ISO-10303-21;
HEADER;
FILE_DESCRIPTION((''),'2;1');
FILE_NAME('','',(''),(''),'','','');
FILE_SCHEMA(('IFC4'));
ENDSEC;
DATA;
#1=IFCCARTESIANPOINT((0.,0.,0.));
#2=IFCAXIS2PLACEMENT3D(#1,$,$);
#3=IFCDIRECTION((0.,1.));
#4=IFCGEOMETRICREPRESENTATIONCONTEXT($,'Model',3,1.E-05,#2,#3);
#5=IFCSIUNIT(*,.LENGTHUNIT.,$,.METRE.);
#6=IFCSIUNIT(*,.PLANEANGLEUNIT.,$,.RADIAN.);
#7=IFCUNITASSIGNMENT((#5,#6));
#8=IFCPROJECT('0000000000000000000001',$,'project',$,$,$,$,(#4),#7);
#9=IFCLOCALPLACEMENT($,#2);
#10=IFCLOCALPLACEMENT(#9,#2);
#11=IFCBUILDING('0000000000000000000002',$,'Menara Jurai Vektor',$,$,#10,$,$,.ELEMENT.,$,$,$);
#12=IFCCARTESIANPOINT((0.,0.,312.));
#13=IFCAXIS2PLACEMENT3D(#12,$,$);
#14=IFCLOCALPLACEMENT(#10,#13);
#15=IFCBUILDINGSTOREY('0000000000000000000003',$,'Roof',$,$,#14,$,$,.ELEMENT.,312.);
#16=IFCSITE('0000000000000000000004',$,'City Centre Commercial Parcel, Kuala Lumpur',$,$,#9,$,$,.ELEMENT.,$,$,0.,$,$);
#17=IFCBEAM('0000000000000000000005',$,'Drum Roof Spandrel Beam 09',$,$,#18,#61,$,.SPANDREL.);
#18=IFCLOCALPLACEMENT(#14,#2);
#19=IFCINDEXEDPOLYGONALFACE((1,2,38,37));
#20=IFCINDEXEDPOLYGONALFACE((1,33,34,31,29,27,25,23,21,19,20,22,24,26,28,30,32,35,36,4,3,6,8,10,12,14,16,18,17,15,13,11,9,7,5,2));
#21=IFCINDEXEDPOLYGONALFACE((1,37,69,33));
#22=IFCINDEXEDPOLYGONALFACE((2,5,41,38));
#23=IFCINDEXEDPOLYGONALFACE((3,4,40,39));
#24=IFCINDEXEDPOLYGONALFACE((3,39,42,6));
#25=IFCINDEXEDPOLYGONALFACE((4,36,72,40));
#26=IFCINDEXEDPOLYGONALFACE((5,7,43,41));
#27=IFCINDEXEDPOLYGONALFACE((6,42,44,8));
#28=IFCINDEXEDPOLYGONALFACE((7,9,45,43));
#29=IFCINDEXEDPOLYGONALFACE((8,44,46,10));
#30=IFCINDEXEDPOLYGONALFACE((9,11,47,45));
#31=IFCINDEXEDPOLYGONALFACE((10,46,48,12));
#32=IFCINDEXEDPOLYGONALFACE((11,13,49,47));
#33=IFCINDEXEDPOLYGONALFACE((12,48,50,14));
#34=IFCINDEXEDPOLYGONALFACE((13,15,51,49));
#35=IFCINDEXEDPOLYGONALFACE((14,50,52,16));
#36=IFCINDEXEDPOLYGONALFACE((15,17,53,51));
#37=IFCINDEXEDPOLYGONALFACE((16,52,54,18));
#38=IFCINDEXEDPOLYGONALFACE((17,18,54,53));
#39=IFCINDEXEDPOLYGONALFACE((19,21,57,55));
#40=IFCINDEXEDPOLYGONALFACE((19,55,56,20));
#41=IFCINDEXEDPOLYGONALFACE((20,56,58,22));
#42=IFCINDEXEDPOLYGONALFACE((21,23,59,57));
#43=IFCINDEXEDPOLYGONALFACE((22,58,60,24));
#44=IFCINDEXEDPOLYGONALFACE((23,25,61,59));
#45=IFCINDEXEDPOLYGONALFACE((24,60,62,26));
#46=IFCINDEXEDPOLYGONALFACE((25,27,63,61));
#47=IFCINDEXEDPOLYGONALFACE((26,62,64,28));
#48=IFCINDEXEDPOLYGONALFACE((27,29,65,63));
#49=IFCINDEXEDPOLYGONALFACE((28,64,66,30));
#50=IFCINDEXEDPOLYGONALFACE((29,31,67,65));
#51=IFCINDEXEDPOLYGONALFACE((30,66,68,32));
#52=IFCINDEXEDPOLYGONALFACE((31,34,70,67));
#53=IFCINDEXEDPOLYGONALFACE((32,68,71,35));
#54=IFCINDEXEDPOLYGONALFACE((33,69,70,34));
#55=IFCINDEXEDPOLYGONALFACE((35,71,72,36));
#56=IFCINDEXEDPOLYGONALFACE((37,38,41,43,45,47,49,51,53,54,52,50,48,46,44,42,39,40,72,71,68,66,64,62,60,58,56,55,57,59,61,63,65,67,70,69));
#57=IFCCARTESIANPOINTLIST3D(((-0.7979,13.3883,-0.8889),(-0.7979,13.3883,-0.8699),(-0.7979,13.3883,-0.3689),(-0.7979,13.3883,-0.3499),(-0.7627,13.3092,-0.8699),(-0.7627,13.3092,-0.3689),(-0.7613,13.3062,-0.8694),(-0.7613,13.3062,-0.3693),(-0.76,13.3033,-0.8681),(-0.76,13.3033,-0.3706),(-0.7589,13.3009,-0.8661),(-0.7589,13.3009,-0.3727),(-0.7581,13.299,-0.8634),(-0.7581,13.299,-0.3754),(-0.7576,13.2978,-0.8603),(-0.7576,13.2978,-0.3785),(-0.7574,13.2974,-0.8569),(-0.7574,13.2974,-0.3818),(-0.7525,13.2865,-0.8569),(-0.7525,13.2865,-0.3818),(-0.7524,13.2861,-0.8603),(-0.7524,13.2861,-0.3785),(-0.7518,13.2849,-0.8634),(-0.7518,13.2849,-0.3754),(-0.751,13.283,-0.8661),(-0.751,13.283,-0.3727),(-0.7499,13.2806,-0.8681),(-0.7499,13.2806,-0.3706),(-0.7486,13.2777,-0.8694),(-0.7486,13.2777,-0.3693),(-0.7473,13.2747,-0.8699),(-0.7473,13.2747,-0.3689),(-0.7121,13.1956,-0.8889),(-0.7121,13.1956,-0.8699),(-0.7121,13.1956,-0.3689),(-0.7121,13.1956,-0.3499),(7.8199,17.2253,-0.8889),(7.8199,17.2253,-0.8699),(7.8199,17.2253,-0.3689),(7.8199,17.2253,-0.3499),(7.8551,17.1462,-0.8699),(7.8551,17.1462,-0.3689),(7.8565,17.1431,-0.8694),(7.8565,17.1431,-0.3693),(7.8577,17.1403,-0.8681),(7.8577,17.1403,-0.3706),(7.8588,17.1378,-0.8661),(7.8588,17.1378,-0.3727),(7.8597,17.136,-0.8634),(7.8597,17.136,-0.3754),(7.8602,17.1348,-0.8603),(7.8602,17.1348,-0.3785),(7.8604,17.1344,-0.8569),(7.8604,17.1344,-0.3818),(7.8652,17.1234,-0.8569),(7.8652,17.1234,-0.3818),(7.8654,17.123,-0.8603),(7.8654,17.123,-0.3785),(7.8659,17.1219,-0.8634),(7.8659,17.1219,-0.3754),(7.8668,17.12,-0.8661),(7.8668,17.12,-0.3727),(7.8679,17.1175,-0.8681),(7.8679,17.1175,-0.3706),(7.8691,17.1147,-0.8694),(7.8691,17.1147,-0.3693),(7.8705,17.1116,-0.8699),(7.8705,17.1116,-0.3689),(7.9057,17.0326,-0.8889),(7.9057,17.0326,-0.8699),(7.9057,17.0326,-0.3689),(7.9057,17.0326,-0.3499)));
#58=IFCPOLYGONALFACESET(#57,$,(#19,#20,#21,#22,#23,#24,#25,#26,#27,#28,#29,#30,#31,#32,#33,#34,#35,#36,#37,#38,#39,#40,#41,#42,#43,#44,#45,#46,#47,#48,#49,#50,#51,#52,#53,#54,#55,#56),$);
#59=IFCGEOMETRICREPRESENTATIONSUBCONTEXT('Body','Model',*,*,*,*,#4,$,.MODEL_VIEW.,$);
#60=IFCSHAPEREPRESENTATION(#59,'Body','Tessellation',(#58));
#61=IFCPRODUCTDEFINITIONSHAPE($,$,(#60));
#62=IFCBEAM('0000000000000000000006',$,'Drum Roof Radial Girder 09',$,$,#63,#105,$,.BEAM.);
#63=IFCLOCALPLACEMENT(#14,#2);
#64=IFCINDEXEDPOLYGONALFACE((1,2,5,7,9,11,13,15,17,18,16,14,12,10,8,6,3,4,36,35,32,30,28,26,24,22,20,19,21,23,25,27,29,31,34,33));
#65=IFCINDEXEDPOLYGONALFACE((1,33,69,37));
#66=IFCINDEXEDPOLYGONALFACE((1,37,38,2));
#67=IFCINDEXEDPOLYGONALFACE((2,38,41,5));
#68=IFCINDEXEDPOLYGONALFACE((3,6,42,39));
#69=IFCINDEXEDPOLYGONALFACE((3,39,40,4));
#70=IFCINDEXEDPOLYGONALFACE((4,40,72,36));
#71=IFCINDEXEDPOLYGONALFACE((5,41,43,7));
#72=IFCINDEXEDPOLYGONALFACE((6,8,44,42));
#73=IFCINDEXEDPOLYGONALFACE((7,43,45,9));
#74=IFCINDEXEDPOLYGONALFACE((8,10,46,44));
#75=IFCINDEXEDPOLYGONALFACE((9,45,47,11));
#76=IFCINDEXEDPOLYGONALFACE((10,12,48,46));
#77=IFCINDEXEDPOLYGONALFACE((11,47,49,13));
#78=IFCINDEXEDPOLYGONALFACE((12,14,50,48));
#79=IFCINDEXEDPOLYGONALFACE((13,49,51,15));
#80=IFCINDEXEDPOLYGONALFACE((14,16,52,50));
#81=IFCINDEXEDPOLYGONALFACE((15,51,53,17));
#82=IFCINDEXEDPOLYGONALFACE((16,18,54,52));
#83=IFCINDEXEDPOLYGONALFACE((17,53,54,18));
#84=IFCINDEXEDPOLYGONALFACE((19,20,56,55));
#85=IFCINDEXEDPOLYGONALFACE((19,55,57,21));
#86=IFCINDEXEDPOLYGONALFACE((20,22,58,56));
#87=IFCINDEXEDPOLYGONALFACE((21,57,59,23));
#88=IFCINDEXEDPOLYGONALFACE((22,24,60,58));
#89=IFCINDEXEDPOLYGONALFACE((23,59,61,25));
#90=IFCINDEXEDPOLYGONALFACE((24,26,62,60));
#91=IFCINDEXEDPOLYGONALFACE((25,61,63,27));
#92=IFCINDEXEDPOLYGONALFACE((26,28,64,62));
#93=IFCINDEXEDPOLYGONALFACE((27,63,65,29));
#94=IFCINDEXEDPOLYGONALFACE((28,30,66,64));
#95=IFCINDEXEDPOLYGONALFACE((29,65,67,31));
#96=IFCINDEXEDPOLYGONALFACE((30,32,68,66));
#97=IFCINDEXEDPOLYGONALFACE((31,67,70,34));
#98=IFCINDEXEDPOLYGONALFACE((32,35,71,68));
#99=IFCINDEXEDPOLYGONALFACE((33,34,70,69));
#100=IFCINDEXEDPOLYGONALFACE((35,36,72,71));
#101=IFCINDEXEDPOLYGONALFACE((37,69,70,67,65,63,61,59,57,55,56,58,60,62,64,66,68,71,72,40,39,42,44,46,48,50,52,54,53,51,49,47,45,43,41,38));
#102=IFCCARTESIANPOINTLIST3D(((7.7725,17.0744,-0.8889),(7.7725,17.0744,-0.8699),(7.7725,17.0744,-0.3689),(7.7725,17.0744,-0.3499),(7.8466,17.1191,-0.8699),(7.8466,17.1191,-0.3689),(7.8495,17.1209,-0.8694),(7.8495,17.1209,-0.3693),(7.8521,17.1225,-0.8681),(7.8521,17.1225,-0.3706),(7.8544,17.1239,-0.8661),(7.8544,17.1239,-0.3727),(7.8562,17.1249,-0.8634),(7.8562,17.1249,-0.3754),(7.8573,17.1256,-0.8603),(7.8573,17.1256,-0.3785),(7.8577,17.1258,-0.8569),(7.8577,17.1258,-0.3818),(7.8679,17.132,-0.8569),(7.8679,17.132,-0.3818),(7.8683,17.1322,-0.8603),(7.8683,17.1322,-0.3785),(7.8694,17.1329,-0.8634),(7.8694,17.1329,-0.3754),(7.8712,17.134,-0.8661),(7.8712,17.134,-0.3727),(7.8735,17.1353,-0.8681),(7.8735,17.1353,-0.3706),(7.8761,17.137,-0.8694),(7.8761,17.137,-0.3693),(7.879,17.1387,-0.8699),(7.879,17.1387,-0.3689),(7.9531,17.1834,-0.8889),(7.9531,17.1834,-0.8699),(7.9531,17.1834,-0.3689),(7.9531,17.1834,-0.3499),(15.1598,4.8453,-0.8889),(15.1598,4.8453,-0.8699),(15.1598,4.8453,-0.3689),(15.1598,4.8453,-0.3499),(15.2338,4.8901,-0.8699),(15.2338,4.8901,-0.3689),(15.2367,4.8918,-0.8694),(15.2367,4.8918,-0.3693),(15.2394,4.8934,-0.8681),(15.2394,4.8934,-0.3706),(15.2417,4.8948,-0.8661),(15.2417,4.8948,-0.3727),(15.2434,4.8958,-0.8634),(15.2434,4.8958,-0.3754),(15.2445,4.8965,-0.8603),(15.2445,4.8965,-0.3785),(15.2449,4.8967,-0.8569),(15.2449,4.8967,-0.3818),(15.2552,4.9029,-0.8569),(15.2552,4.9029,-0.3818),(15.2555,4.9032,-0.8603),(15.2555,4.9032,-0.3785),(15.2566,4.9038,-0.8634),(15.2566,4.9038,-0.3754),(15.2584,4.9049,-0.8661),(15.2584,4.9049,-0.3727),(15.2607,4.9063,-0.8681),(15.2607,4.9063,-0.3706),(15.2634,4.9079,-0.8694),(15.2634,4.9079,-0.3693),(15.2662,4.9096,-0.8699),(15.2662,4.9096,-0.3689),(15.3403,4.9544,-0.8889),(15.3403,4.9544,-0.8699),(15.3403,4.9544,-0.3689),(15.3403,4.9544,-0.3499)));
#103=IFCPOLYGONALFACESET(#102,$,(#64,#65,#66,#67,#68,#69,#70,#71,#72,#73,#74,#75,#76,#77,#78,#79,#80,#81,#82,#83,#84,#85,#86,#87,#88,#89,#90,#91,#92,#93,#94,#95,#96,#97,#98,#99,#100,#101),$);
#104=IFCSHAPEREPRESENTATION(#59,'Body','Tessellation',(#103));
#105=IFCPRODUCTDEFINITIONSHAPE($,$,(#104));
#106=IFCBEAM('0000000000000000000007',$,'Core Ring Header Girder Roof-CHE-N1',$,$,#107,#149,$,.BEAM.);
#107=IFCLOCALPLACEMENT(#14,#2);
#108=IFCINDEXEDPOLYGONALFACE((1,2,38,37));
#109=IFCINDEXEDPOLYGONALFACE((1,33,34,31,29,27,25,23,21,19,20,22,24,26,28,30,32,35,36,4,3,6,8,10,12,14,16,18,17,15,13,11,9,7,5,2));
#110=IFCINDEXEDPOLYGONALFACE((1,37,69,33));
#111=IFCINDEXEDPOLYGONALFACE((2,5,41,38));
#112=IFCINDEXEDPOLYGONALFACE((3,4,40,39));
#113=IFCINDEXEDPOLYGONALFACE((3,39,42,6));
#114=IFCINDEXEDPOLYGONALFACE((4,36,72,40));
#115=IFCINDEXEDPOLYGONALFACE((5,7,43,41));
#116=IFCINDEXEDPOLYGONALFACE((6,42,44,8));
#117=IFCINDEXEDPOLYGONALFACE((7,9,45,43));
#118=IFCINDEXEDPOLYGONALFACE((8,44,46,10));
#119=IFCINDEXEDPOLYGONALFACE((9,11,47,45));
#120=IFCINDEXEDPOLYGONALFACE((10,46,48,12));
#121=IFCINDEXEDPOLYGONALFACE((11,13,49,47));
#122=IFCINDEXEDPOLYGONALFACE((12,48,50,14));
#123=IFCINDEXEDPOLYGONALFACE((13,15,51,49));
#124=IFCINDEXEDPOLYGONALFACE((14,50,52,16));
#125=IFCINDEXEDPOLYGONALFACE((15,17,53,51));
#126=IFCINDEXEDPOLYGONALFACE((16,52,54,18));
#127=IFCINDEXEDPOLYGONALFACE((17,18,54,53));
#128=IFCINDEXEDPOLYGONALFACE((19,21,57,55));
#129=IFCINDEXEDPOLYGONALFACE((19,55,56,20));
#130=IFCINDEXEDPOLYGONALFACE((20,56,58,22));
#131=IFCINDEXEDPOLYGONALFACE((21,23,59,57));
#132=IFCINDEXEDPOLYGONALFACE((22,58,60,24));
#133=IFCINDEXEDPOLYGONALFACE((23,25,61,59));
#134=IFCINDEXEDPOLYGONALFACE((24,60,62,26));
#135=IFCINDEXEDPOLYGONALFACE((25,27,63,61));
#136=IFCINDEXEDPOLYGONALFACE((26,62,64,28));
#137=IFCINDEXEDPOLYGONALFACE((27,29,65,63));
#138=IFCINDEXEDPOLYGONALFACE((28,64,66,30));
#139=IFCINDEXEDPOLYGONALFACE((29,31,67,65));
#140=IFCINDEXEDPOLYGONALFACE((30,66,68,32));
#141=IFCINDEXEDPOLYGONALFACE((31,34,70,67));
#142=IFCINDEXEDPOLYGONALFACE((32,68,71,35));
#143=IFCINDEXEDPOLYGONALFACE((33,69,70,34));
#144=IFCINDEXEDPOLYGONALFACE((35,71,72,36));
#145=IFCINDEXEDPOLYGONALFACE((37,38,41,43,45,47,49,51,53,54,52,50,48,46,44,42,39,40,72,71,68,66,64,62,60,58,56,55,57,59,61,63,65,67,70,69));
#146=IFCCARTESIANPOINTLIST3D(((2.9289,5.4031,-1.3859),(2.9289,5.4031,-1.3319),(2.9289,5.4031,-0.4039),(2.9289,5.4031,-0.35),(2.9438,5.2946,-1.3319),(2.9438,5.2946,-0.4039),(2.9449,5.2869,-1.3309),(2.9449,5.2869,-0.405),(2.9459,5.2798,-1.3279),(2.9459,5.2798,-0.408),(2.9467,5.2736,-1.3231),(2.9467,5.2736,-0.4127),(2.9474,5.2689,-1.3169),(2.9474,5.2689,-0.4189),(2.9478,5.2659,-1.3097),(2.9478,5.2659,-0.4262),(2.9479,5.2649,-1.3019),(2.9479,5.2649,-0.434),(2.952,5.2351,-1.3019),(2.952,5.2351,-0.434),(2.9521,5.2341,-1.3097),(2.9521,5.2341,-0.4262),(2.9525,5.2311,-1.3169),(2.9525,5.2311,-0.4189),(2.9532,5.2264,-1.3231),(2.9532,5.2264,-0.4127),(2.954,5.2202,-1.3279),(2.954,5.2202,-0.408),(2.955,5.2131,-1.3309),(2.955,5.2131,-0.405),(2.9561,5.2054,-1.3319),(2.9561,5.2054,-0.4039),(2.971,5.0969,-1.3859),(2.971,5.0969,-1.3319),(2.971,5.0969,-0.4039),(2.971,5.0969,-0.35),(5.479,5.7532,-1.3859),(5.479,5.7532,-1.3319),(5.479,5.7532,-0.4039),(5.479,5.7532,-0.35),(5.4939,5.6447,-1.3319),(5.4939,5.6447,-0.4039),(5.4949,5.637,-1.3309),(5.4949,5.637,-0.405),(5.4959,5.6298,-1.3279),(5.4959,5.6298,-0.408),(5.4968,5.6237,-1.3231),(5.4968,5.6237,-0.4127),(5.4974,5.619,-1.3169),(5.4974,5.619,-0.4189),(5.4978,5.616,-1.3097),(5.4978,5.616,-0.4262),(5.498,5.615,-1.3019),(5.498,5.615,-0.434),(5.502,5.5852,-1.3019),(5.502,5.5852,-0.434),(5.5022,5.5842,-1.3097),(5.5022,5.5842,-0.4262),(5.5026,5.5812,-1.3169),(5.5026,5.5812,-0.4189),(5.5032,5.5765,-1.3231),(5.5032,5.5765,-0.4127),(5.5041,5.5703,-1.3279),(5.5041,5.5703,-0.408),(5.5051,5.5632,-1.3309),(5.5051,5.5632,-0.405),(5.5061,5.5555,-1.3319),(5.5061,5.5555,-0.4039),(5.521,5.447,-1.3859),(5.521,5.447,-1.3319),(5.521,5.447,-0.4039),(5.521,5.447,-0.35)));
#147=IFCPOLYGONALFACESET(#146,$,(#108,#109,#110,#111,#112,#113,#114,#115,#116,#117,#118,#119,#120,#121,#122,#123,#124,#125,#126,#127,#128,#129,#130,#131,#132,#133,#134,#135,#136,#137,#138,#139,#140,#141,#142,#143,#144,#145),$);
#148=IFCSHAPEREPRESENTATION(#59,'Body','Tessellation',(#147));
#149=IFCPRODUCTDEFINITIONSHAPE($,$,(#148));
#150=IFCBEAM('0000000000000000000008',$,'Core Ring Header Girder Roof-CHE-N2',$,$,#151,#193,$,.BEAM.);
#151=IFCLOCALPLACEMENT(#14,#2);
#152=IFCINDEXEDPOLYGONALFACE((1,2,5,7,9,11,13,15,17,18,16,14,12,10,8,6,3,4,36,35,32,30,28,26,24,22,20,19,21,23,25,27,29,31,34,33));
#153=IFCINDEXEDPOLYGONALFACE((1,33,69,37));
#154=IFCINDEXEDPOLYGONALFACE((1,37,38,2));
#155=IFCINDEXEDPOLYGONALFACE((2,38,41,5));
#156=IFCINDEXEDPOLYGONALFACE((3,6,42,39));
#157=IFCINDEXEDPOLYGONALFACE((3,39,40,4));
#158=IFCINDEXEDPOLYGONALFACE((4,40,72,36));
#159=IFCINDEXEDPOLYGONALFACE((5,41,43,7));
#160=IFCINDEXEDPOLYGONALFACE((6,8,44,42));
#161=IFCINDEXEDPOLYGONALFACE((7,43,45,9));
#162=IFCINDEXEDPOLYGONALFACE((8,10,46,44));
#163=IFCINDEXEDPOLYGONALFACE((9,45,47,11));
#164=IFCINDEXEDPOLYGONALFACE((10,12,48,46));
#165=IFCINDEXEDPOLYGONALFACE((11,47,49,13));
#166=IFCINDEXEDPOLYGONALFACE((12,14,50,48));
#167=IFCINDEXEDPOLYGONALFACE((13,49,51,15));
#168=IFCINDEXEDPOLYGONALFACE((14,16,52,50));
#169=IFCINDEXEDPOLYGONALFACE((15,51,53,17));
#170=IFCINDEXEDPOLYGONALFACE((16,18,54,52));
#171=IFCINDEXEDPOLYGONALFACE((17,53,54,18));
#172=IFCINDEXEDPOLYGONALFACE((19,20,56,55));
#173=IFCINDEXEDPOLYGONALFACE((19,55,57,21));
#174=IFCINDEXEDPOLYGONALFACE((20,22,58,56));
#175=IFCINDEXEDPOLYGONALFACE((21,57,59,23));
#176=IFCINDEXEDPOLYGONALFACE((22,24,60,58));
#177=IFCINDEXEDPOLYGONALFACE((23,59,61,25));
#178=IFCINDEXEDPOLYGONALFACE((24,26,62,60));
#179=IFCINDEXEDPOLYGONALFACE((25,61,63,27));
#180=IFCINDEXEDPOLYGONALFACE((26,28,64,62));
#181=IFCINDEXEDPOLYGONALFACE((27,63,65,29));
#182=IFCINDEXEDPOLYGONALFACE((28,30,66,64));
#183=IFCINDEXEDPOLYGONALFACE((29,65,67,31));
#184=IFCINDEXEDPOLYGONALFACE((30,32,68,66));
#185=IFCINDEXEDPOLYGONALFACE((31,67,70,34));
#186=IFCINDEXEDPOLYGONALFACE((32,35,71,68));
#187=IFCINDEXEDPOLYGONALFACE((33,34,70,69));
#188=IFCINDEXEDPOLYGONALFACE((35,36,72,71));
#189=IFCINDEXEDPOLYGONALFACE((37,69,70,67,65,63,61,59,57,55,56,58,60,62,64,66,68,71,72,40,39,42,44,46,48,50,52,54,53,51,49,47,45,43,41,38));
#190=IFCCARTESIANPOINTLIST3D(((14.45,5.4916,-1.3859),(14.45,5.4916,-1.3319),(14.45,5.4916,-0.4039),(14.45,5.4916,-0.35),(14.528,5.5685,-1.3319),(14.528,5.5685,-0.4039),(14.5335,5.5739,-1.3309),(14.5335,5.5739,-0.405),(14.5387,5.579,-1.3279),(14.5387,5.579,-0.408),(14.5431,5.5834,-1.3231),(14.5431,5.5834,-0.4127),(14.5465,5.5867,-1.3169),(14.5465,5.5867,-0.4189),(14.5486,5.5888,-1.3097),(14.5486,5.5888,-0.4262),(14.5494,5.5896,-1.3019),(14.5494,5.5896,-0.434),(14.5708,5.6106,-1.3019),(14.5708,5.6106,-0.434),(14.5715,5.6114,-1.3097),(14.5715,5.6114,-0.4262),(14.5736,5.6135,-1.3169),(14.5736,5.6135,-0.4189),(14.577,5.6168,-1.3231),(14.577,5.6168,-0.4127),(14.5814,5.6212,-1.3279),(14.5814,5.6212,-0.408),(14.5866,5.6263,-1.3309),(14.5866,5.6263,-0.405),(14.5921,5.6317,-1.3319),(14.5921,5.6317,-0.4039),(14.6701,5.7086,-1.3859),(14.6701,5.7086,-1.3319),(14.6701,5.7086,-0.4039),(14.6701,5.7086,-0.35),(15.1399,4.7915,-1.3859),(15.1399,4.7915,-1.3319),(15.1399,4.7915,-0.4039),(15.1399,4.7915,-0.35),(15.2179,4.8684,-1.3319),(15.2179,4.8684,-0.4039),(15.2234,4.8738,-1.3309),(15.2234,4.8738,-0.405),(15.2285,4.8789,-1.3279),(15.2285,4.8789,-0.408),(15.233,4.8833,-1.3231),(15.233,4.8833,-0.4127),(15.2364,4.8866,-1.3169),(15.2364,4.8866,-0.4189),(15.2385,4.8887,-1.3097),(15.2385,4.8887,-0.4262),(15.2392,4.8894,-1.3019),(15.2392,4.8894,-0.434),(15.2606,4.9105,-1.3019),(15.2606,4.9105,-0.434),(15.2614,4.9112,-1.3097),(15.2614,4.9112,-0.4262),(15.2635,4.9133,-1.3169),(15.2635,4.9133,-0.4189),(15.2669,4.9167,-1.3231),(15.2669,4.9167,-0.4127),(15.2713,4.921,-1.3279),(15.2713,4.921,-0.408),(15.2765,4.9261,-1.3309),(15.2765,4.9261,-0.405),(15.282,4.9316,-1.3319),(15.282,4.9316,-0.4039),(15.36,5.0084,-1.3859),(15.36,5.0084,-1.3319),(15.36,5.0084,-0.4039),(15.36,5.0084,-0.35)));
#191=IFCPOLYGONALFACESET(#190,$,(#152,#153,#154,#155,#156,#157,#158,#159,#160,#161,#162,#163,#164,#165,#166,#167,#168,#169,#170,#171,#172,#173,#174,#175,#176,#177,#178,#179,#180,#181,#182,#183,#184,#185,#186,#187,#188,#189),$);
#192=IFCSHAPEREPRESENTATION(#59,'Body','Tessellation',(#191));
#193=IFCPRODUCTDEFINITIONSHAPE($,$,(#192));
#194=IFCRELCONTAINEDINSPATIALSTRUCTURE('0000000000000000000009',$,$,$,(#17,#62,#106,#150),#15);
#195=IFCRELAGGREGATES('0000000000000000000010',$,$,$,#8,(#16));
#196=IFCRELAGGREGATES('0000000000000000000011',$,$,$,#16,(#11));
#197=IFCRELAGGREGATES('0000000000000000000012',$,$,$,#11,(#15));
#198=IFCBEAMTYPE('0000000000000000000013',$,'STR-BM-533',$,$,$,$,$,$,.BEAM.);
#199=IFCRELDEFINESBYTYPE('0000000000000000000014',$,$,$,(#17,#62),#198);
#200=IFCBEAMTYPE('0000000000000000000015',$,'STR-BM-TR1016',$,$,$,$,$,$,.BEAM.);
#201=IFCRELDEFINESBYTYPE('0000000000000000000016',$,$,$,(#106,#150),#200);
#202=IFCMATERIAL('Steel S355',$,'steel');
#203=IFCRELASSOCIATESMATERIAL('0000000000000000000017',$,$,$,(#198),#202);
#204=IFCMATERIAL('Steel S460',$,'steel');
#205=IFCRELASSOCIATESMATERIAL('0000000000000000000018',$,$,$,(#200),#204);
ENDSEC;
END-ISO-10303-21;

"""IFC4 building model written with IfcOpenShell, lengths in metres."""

from ifc_helpers import new_model, si_unit, direction, frame, origin, origin_2d, place, context, subcontext, project, spatial, i_section, extrude, material, material_profile, profile_set, type_object, element, save


model = new_model("IFC4")

# Units and contexts
model_context = context("Model", 3, precision=1e-05, world=origin(), true_north=direction((0.0, 1.0)))
body_context = subcontext(model_context, "Body", "Model", "MODEL_VIEW")
ifc_project = project(units=[si_unit("LENGTHUNIT", "METRE"), si_unit("PLANEANGLEUNIT", "RADIAN")], contexts=[model_context])

# Site, building, storey
site_placement = place(None, origin())
site = spatial("IfcSite", under=ifc_project, at=site_placement, Name="City Centre Commercial Parcel, Kuala Lumpur", CompositionType="ELEMENT", RefElevation=0.0)
building_placement = place(site_placement, origin())
building = spatial("IfcBuilding", under=site, at=building_placement, Name="Menara Jurai Vektor", CompositionType="ELEMENT")
storey_placement = place(building_placement, frame((0.0, 0.0, 312.0)))
storey = spatial("IfcBuildingStorey", under=building, at=storey_placement, Name="Roof", CompositionType="ELEMENT", Elevation=312.0)

# Shared definitions
ifc_material_1 = material(Name="Steel S460", Category="steel")

# Beams
ifc_material_2 = material(Name="Steel S355", Category="steel")
ifc_material_profile_1 = material_profile(ifc_material_2, i_section(OverallWidth=0.2109, OverallDepth=0.5391, WebThickness=0.012, FlangeThickness=0.019, FilletRadius=0.0129, at=origin_2d()), Name="UKB 533x210x109")
ifc_profile_set_1 = profile_set([ifc_material_profile_1], Name="Steel S355")
beam_type_1 = type_object("IfcBeamType", Name="STR-BM-533", PredefinedType="BEAM", material=ifc_profile_set_1)
beam_1_placement = place(storey_placement, frame((7.8628, 17.1289, -0.6194), z_axis=(-0.913542, -0.406744, 0.0), x_axis=(0.406744, -0.913542, 0.0)))
element("IfcBeam", 1, at=beam_1_placement, inside=storey, type_object=beam_type_1, Name="Drum Roof Spandrel Beam 09", PredefinedType="SPANDREL", context=body_context, shape_type="SweptSolid", body=[
    extrude(i_section(OverallWidth=0.2109, OverallDepth=0.5391, WebThickness=0.012, FlangeThickness=0.019, FilletRadius=0.0129, at=origin_2d()), origin(), (0.0, 0.0, 1.0), 9.4333),
])
beam_2_placement = place(storey_placement, frame((7.8628, 17.1289, -0.6194), z_axis=(0.517057, -0.855951, 0.0), x_axis=(0.855951, 0.517057, 0.0)))
element("IfcBeam", 2, at=beam_2_placement, inside=storey, type_object=beam_type_1, Name="Drum Roof Radial Girder 09", PredefinedType="BEAM", context=body_context, shape_type="SweptSolid", body=[
    extrude(i_section(OverallWidth=0.2109, OverallDepth=0.5391, WebThickness=0.012, FlangeThickness=0.019, FilletRadius=0.0129, at=origin_2d()), origin(), (0.0, 0.0, 1.0), 14.2871),
])
ifc_material_profile_2 = material_profile(ifc_material_1, i_section(OverallWidth=0.3091, OverallDepth=1.0359, WebThickness=0.03, FlangeThickness=0.054, FilletRadius=0.03, at=origin_2d()), Name="UKB 1016x305x487")
ifc_profile_set_2 = profile_set([ifc_material_profile_2], Name="Steel S460")
beam_type_2 = type_object("IfcBeamType", Name="STR-BM-TR1016", PredefinedType="BEAM", material=ifc_profile_set_2)
beam_3_placement = place(storey_placement, frame((2.95, 5.25, -0.8679), z_axis=(0.990707, 0.136015, 0.0), x_axis=(-0.136015, 0.990707, 0.0)))
element("IfcBeam", 3, at=beam_3_placement, inside=storey, type_object=beam_type_2, Name="Core Ring Header Girder Roof-CHE-N1", PredefinedType="BEAM", context=body_context, shape_type="SweptSolid", body=[
    extrude(i_section(OverallWidth=0.3091, OverallDepth=1.0359, WebThickness=0.03, FlangeThickness=0.054, FilletRadius=0.03, at=origin_2d()), origin(), (0.0, 0.0, 1.0), 2.574),
])
beam_4_placement = place(storey_placement, frame((14.5601, 5.6001, -0.8679), z_axis=(0.701872, -0.712303, 0.0), x_axis=(0.712303, 0.701872, 0.0)))
element("IfcBeam", 4, at=beam_4_placement, inside=storey, type_object=beam_type_2, Name="Core Ring Header Girder Roof-CHE-N2", PredefinedType="BEAM", context=body_context, shape_type="SweptSolid", body=[
    extrude(i_section(OverallWidth=0.3091, OverallDepth=1.0359, WebThickness=0.03, FlangeThickness=0.054, FilletRadius=0.03, at=origin_2d()), origin(), (0.0, 0.0, 1.0), 0.9829),
])

save(model, "model.ifc")
